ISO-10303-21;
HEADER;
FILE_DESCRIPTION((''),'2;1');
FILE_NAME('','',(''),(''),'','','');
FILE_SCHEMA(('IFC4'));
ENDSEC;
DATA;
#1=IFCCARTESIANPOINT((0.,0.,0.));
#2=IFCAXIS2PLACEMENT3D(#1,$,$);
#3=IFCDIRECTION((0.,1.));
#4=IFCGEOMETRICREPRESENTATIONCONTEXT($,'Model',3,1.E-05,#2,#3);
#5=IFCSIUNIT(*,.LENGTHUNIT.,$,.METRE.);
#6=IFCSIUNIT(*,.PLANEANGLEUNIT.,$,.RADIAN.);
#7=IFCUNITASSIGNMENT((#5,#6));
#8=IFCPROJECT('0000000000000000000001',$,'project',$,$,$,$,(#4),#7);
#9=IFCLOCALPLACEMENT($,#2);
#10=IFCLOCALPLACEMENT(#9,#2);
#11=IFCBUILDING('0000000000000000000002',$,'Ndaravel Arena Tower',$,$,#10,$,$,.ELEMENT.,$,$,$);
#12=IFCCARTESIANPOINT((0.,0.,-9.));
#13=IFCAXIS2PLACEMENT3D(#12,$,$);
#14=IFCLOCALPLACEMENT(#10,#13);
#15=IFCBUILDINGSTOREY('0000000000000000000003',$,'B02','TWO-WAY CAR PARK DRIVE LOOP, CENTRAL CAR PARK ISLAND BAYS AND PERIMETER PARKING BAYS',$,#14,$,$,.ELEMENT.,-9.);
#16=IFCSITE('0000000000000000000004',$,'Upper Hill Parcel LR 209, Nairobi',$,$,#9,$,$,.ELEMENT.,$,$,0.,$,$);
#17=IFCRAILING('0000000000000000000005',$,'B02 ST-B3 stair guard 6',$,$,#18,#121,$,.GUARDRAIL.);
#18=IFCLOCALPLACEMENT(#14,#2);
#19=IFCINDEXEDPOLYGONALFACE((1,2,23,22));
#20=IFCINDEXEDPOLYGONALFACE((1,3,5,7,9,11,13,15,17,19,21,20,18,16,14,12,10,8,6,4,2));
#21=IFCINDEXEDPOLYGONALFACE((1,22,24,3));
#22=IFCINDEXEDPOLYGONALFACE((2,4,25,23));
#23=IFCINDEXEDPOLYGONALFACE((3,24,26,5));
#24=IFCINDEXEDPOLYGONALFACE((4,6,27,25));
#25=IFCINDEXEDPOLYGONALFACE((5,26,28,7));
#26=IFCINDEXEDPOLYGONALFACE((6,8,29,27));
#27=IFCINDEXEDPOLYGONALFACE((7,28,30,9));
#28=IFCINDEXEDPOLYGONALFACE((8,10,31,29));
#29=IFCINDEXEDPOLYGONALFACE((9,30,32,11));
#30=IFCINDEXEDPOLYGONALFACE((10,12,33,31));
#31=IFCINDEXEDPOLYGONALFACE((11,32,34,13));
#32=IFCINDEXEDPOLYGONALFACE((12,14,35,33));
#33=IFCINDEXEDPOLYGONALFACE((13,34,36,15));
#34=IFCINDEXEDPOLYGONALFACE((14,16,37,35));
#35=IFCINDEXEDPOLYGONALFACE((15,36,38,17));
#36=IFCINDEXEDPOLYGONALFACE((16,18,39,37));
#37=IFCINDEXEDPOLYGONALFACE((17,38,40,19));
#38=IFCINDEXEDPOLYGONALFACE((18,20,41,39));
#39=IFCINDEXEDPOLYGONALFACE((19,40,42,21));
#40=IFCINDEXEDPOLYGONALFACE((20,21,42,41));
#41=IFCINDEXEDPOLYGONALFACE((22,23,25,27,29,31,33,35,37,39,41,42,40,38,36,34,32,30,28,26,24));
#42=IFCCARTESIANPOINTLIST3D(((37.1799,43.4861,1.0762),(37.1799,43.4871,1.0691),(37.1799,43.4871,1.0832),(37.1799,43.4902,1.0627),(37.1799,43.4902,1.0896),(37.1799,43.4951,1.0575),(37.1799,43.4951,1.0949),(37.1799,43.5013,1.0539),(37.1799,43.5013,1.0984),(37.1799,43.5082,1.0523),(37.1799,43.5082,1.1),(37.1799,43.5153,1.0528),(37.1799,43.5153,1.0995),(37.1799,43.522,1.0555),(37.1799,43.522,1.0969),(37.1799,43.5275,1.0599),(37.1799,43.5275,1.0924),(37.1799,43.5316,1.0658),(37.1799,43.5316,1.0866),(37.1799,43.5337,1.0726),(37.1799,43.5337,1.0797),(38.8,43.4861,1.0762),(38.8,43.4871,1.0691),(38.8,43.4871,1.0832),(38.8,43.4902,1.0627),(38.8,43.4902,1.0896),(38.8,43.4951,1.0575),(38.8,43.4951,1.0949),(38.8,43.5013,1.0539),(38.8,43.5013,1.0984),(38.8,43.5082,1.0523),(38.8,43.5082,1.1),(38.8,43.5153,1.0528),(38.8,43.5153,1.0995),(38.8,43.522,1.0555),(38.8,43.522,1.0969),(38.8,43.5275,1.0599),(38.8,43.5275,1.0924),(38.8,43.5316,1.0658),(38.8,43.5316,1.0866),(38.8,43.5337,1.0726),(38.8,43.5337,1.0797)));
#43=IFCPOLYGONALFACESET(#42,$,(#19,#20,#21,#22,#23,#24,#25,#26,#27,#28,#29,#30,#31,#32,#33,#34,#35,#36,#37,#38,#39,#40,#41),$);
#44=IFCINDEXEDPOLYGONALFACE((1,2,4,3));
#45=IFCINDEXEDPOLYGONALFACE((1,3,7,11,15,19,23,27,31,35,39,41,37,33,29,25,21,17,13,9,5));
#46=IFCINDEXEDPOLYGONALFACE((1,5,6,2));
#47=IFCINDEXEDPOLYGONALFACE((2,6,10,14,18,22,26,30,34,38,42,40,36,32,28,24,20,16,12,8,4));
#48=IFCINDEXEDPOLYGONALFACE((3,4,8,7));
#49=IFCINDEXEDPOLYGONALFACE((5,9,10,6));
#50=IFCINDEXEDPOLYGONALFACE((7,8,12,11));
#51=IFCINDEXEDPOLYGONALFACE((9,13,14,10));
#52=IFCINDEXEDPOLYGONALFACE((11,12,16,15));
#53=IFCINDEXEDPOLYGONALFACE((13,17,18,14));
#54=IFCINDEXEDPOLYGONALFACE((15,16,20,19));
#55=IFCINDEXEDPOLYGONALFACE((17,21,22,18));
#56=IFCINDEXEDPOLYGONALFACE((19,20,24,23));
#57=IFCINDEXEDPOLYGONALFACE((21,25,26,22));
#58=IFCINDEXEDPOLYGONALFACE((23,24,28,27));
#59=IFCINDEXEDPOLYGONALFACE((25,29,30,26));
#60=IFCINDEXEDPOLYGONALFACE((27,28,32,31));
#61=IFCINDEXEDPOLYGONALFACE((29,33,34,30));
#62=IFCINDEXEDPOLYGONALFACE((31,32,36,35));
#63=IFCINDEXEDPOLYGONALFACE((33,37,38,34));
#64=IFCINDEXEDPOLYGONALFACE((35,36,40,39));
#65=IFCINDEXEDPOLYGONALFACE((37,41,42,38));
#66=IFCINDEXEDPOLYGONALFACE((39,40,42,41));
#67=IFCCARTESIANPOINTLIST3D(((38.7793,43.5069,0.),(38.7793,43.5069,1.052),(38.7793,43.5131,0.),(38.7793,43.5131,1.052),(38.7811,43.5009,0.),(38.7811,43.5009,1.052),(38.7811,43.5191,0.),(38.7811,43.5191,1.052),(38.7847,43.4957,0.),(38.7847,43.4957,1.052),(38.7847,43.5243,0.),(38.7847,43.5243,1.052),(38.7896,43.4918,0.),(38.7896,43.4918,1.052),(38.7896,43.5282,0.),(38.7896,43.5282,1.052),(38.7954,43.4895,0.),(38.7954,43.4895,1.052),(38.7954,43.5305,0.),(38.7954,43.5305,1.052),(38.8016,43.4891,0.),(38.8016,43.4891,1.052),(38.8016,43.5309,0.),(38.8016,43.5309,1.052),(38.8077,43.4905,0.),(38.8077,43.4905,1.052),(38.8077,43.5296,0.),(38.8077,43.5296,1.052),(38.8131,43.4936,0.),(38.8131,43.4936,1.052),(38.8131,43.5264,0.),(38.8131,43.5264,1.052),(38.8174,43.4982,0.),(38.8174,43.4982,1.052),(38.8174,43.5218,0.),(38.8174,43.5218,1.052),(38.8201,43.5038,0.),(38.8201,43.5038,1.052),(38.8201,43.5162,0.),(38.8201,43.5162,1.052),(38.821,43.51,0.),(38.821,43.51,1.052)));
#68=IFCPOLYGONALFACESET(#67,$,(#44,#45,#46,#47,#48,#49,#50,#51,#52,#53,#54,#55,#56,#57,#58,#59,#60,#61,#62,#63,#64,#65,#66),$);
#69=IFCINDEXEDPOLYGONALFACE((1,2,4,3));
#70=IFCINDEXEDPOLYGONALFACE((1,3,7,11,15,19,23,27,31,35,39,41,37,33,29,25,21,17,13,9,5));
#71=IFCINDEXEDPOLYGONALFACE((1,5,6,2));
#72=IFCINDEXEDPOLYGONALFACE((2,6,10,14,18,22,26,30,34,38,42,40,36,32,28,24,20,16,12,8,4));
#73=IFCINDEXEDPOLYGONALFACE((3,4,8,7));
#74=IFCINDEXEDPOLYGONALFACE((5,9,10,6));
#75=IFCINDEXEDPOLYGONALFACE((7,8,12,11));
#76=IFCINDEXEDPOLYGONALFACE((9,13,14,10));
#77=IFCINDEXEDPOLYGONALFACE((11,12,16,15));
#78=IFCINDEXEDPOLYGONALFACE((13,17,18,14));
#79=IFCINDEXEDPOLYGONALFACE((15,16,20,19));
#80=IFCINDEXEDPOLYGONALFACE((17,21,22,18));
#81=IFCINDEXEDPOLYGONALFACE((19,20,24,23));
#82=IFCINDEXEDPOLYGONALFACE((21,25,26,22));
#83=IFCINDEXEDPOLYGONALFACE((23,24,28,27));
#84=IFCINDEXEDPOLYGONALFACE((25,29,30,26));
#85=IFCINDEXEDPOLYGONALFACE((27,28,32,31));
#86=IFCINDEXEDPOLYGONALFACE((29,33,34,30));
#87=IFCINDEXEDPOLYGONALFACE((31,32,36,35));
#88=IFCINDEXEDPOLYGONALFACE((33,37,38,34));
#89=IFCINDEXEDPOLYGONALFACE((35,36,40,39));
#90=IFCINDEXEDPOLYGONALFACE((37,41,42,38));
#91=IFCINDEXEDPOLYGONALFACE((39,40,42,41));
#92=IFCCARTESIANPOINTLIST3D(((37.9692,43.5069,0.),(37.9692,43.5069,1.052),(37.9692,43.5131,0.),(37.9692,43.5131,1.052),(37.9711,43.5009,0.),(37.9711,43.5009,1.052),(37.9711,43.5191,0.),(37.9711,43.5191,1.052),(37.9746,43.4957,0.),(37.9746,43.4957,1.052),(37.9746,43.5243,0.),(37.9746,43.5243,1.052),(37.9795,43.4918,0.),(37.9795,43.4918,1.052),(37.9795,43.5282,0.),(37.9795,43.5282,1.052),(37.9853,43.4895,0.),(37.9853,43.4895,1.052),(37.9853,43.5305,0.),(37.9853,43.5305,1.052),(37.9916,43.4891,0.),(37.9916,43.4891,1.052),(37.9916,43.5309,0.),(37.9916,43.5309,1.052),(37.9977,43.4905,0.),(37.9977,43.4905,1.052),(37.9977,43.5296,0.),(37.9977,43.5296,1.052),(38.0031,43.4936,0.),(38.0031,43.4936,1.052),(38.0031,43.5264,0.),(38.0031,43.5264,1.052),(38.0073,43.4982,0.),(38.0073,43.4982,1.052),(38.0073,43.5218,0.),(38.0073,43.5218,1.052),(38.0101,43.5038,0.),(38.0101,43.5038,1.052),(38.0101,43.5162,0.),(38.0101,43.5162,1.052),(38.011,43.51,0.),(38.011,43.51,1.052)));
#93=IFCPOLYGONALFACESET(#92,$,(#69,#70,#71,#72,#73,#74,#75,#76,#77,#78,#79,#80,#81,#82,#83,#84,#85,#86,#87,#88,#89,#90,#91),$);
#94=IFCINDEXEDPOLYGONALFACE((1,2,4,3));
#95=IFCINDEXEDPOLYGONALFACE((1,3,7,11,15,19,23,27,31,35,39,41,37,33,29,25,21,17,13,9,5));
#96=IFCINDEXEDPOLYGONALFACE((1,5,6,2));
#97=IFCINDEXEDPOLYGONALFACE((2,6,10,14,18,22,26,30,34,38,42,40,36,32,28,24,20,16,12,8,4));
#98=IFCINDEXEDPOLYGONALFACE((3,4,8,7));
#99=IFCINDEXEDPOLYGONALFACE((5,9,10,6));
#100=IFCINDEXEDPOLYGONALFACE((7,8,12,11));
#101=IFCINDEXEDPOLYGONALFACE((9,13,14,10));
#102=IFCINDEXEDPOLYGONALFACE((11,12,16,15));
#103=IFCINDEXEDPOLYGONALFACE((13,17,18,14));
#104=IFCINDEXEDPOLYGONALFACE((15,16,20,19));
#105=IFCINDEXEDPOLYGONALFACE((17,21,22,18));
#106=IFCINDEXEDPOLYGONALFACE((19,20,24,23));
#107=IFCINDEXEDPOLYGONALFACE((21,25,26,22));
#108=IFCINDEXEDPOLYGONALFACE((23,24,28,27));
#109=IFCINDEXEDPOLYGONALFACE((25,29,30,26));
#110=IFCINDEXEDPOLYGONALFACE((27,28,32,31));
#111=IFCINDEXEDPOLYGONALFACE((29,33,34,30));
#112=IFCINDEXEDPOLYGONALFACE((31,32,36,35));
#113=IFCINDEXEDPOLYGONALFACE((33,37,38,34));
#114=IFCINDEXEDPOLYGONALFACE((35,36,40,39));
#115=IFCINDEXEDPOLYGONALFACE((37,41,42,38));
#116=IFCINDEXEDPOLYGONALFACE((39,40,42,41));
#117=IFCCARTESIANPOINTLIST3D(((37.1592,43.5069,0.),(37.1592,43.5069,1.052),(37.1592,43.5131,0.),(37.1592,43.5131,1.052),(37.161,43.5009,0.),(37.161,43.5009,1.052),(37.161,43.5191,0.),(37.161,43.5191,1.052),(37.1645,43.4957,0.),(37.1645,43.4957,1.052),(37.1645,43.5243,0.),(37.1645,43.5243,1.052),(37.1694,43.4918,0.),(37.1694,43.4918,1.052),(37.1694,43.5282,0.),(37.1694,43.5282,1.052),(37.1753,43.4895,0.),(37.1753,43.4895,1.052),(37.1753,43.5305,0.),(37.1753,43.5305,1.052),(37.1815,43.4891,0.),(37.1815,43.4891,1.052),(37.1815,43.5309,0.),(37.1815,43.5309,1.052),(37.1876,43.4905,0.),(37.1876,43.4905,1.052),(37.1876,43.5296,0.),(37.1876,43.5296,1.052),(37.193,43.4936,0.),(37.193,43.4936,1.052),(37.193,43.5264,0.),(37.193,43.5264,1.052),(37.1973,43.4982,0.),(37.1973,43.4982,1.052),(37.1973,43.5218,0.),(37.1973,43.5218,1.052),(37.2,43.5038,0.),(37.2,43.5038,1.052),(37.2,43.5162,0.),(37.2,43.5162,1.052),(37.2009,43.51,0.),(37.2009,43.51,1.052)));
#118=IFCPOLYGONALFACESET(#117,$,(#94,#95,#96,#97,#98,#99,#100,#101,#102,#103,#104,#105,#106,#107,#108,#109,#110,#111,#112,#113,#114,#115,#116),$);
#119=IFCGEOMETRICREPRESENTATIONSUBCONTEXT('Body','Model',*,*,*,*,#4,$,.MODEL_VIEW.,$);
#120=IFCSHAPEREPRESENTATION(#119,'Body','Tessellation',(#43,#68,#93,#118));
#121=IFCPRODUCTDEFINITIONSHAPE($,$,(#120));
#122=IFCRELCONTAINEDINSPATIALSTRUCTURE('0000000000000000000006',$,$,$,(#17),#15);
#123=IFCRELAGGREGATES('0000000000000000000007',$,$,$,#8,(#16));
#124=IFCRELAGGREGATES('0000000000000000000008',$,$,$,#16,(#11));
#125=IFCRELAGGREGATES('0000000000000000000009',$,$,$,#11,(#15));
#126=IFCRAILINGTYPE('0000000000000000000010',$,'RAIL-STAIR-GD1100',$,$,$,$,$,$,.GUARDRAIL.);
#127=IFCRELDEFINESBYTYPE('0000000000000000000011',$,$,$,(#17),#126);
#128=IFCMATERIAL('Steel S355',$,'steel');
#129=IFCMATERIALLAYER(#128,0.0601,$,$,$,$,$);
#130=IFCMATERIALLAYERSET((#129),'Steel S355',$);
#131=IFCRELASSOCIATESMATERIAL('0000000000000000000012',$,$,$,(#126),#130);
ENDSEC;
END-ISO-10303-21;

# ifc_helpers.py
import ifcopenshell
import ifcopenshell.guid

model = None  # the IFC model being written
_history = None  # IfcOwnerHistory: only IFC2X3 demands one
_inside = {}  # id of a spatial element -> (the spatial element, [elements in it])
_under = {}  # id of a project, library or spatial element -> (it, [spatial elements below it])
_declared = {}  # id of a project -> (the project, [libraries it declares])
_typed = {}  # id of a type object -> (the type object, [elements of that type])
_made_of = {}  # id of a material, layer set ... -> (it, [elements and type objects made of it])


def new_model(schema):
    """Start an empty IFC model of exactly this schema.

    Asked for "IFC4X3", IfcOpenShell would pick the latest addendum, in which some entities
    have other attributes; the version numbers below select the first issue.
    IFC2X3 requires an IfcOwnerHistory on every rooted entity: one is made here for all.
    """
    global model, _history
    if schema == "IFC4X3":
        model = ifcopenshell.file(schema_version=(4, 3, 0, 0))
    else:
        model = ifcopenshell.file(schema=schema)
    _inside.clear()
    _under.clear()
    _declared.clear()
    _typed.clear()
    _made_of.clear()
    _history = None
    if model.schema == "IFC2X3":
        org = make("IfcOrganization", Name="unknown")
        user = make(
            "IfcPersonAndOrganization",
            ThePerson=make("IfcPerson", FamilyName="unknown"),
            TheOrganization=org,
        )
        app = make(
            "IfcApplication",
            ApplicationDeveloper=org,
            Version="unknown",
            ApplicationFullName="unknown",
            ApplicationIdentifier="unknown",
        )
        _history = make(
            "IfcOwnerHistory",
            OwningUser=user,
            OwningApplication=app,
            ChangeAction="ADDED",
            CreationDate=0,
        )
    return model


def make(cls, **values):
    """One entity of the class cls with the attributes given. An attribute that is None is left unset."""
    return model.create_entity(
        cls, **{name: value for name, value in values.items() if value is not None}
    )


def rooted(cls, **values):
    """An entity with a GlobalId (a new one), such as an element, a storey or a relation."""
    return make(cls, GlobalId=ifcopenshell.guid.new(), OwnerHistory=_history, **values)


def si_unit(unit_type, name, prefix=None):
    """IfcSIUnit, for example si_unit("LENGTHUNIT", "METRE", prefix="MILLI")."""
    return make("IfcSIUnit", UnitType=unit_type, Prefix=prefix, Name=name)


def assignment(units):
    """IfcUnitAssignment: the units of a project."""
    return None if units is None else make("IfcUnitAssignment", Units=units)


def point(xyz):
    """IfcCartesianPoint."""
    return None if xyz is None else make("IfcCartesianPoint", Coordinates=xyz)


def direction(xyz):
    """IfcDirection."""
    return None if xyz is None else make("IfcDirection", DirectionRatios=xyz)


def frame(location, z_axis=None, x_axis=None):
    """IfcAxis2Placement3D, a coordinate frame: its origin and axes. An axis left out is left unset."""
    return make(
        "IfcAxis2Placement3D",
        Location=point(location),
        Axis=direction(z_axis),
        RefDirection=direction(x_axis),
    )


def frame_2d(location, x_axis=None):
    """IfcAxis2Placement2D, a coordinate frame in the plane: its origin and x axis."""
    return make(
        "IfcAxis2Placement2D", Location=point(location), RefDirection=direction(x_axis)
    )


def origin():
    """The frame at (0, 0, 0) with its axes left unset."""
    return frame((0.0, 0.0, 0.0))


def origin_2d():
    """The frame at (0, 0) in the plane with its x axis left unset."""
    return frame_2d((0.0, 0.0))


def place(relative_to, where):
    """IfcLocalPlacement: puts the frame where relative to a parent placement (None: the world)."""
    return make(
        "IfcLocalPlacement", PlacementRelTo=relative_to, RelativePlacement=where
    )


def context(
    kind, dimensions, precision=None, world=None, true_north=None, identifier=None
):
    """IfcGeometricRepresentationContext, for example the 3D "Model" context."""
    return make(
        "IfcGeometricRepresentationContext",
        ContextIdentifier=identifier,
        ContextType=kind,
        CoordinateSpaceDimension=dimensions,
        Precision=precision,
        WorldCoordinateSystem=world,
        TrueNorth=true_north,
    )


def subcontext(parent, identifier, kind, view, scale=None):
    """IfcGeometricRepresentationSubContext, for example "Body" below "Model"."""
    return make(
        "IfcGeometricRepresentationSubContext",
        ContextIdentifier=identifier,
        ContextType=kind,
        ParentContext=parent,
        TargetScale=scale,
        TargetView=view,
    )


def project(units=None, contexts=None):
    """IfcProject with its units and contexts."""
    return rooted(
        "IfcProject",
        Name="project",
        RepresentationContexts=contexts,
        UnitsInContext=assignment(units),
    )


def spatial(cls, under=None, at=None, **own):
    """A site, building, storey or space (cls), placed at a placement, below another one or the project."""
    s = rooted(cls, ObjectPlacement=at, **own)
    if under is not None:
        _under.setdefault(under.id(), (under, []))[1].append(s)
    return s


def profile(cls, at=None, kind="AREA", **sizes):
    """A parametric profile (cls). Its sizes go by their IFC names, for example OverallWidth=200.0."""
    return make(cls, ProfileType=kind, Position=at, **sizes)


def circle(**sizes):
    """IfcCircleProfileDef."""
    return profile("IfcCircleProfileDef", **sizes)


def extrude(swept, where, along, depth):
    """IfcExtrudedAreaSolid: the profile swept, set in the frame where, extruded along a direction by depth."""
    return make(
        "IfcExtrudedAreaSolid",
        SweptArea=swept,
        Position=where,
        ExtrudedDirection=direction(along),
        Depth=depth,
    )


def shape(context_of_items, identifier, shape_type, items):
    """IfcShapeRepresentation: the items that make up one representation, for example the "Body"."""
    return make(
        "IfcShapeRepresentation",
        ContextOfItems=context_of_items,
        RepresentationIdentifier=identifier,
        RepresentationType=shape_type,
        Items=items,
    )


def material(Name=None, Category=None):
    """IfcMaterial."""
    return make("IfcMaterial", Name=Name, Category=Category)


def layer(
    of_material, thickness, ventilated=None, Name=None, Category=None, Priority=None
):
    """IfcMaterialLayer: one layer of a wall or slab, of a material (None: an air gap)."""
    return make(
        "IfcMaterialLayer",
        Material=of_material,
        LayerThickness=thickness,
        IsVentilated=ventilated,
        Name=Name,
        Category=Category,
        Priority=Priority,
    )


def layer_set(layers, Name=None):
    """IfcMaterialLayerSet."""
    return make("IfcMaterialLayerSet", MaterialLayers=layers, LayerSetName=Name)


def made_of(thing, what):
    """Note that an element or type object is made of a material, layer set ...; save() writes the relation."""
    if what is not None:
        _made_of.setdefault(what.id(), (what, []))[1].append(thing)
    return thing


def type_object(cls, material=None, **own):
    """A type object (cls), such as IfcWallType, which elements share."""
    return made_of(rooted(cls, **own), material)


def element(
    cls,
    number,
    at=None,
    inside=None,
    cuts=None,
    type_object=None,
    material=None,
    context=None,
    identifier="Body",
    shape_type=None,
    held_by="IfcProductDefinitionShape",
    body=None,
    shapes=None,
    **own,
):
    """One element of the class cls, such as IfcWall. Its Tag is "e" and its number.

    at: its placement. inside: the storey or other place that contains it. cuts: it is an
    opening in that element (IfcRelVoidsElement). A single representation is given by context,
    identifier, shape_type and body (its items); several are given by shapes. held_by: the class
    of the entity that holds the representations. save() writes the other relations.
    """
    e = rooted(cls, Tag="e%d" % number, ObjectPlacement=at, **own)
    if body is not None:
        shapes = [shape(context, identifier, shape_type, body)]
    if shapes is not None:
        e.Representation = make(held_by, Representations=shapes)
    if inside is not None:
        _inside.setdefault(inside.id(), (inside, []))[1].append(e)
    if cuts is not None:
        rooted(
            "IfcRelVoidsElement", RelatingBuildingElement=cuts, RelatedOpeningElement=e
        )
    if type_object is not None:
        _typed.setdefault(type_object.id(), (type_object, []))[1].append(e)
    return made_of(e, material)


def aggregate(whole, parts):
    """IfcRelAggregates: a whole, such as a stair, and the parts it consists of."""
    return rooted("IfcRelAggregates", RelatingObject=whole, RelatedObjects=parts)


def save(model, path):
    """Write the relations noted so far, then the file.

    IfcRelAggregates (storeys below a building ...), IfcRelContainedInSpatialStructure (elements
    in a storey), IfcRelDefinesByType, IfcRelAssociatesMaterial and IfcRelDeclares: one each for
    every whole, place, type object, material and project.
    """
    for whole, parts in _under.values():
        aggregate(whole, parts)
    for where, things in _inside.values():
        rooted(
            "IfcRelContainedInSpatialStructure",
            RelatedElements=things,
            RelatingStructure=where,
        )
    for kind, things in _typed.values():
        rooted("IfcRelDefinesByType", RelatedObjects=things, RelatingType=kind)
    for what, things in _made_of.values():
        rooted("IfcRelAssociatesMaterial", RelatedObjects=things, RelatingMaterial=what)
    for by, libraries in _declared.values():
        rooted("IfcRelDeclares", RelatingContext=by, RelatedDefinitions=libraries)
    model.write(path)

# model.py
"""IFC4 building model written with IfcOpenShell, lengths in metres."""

from ifc_helpers import new_model, si_unit, direction, frame, origin, origin_2d, place, context, subcontext, project, spatial, circle, extrude, material, layer, layer_set, type_object, element, save


model = new_model("IFC4")

# Units and contexts
model_context = context("Model", 3, precision=1e-05, world=origin(), true_north=direction((0.0, 1.0)))
body_context = subcontext(model_context, "Body", "Model", "MODEL_VIEW")
ifc_project = project(units=[si_unit("LENGTHUNIT", "METRE"), si_unit("PLANEANGLEUNIT", "RADIAN")], contexts=[model_context])

# Site, building, storey
site_placement = place(None, origin())
site = spatial("IfcSite", under=ifc_project, at=site_placement, Name="Upper Hill Parcel LR 209, Nairobi", CompositionType="ELEMENT", RefElevation=0.0)
building_placement = place(site_placement, origin())
building = spatial("IfcBuilding", under=site, at=building_placement, Name="Ndaravel Arena Tower", CompositionType="ELEMENT")
storey_placement = place(building_placement, frame((0.0, 0.0, -9.0)))
storey = spatial("IfcBuildingStorey", under=building, at=storey_placement, Name="B02", Description="TWO-WAY CAR PARK DRIVE LOOP, CENTRAL CAR PARK ISLAND BAYS AND PERIMETER PARKING BAYS", CompositionType="ELEMENT", Elevation=-9.0)

# Railing
ifc_material_1 = material(Name="Steel S355", Category="steel")
ifc_layer_1 = layer(ifc_material_1, 0.0601)
ifc_layer_set_1 = layer_set([ifc_layer_1], Name="Steel S355")
railing_type_1 = type_object("IfcRailingType", Name="RAIL-STAIR-GD1100", PredefinedType="GUARDRAIL", material=ifc_layer_set_1)
for number, where, name in (
    (1, (38.8, 43.51, 0.0), "B02 ST-B3 stair guard 6"),
):
    element("IfcRailing", number, at=place(storey_placement, frame(where)), inside=storey, type_object=railing_type_1, Name=name, PredefinedType="GUARDRAIL", context=body_context, shape_type="SweptSolid", body=[
        extrude(circle(Radius=0.0239, at=origin_2d()), frame((0.0, 0.0, 1.0762), z_axis=(-1.0, 0.0, 0.0), x_axis=(0.0, -1.0, 0.0)), (0.0, 0.0, 1.0), 1.6201),
        extrude(circle(Radius=0.021, at=origin_2d()), origin(), (0.0, 0.0, 1.0), 1.052),
        extrude(circle(Radius=0.021, at=origin_2d()), frame((-0.8101, 0.0, 0.0)), (0.0, 0.0, 1.0), 1.052),
        extrude(circle(Radius=0.021, at=origin_2d()), frame((-1.6201, 0.0, 0.0)), (0.0, 0.0, 1.0), 1.052),
    ])

save(model, "model.ifc")
